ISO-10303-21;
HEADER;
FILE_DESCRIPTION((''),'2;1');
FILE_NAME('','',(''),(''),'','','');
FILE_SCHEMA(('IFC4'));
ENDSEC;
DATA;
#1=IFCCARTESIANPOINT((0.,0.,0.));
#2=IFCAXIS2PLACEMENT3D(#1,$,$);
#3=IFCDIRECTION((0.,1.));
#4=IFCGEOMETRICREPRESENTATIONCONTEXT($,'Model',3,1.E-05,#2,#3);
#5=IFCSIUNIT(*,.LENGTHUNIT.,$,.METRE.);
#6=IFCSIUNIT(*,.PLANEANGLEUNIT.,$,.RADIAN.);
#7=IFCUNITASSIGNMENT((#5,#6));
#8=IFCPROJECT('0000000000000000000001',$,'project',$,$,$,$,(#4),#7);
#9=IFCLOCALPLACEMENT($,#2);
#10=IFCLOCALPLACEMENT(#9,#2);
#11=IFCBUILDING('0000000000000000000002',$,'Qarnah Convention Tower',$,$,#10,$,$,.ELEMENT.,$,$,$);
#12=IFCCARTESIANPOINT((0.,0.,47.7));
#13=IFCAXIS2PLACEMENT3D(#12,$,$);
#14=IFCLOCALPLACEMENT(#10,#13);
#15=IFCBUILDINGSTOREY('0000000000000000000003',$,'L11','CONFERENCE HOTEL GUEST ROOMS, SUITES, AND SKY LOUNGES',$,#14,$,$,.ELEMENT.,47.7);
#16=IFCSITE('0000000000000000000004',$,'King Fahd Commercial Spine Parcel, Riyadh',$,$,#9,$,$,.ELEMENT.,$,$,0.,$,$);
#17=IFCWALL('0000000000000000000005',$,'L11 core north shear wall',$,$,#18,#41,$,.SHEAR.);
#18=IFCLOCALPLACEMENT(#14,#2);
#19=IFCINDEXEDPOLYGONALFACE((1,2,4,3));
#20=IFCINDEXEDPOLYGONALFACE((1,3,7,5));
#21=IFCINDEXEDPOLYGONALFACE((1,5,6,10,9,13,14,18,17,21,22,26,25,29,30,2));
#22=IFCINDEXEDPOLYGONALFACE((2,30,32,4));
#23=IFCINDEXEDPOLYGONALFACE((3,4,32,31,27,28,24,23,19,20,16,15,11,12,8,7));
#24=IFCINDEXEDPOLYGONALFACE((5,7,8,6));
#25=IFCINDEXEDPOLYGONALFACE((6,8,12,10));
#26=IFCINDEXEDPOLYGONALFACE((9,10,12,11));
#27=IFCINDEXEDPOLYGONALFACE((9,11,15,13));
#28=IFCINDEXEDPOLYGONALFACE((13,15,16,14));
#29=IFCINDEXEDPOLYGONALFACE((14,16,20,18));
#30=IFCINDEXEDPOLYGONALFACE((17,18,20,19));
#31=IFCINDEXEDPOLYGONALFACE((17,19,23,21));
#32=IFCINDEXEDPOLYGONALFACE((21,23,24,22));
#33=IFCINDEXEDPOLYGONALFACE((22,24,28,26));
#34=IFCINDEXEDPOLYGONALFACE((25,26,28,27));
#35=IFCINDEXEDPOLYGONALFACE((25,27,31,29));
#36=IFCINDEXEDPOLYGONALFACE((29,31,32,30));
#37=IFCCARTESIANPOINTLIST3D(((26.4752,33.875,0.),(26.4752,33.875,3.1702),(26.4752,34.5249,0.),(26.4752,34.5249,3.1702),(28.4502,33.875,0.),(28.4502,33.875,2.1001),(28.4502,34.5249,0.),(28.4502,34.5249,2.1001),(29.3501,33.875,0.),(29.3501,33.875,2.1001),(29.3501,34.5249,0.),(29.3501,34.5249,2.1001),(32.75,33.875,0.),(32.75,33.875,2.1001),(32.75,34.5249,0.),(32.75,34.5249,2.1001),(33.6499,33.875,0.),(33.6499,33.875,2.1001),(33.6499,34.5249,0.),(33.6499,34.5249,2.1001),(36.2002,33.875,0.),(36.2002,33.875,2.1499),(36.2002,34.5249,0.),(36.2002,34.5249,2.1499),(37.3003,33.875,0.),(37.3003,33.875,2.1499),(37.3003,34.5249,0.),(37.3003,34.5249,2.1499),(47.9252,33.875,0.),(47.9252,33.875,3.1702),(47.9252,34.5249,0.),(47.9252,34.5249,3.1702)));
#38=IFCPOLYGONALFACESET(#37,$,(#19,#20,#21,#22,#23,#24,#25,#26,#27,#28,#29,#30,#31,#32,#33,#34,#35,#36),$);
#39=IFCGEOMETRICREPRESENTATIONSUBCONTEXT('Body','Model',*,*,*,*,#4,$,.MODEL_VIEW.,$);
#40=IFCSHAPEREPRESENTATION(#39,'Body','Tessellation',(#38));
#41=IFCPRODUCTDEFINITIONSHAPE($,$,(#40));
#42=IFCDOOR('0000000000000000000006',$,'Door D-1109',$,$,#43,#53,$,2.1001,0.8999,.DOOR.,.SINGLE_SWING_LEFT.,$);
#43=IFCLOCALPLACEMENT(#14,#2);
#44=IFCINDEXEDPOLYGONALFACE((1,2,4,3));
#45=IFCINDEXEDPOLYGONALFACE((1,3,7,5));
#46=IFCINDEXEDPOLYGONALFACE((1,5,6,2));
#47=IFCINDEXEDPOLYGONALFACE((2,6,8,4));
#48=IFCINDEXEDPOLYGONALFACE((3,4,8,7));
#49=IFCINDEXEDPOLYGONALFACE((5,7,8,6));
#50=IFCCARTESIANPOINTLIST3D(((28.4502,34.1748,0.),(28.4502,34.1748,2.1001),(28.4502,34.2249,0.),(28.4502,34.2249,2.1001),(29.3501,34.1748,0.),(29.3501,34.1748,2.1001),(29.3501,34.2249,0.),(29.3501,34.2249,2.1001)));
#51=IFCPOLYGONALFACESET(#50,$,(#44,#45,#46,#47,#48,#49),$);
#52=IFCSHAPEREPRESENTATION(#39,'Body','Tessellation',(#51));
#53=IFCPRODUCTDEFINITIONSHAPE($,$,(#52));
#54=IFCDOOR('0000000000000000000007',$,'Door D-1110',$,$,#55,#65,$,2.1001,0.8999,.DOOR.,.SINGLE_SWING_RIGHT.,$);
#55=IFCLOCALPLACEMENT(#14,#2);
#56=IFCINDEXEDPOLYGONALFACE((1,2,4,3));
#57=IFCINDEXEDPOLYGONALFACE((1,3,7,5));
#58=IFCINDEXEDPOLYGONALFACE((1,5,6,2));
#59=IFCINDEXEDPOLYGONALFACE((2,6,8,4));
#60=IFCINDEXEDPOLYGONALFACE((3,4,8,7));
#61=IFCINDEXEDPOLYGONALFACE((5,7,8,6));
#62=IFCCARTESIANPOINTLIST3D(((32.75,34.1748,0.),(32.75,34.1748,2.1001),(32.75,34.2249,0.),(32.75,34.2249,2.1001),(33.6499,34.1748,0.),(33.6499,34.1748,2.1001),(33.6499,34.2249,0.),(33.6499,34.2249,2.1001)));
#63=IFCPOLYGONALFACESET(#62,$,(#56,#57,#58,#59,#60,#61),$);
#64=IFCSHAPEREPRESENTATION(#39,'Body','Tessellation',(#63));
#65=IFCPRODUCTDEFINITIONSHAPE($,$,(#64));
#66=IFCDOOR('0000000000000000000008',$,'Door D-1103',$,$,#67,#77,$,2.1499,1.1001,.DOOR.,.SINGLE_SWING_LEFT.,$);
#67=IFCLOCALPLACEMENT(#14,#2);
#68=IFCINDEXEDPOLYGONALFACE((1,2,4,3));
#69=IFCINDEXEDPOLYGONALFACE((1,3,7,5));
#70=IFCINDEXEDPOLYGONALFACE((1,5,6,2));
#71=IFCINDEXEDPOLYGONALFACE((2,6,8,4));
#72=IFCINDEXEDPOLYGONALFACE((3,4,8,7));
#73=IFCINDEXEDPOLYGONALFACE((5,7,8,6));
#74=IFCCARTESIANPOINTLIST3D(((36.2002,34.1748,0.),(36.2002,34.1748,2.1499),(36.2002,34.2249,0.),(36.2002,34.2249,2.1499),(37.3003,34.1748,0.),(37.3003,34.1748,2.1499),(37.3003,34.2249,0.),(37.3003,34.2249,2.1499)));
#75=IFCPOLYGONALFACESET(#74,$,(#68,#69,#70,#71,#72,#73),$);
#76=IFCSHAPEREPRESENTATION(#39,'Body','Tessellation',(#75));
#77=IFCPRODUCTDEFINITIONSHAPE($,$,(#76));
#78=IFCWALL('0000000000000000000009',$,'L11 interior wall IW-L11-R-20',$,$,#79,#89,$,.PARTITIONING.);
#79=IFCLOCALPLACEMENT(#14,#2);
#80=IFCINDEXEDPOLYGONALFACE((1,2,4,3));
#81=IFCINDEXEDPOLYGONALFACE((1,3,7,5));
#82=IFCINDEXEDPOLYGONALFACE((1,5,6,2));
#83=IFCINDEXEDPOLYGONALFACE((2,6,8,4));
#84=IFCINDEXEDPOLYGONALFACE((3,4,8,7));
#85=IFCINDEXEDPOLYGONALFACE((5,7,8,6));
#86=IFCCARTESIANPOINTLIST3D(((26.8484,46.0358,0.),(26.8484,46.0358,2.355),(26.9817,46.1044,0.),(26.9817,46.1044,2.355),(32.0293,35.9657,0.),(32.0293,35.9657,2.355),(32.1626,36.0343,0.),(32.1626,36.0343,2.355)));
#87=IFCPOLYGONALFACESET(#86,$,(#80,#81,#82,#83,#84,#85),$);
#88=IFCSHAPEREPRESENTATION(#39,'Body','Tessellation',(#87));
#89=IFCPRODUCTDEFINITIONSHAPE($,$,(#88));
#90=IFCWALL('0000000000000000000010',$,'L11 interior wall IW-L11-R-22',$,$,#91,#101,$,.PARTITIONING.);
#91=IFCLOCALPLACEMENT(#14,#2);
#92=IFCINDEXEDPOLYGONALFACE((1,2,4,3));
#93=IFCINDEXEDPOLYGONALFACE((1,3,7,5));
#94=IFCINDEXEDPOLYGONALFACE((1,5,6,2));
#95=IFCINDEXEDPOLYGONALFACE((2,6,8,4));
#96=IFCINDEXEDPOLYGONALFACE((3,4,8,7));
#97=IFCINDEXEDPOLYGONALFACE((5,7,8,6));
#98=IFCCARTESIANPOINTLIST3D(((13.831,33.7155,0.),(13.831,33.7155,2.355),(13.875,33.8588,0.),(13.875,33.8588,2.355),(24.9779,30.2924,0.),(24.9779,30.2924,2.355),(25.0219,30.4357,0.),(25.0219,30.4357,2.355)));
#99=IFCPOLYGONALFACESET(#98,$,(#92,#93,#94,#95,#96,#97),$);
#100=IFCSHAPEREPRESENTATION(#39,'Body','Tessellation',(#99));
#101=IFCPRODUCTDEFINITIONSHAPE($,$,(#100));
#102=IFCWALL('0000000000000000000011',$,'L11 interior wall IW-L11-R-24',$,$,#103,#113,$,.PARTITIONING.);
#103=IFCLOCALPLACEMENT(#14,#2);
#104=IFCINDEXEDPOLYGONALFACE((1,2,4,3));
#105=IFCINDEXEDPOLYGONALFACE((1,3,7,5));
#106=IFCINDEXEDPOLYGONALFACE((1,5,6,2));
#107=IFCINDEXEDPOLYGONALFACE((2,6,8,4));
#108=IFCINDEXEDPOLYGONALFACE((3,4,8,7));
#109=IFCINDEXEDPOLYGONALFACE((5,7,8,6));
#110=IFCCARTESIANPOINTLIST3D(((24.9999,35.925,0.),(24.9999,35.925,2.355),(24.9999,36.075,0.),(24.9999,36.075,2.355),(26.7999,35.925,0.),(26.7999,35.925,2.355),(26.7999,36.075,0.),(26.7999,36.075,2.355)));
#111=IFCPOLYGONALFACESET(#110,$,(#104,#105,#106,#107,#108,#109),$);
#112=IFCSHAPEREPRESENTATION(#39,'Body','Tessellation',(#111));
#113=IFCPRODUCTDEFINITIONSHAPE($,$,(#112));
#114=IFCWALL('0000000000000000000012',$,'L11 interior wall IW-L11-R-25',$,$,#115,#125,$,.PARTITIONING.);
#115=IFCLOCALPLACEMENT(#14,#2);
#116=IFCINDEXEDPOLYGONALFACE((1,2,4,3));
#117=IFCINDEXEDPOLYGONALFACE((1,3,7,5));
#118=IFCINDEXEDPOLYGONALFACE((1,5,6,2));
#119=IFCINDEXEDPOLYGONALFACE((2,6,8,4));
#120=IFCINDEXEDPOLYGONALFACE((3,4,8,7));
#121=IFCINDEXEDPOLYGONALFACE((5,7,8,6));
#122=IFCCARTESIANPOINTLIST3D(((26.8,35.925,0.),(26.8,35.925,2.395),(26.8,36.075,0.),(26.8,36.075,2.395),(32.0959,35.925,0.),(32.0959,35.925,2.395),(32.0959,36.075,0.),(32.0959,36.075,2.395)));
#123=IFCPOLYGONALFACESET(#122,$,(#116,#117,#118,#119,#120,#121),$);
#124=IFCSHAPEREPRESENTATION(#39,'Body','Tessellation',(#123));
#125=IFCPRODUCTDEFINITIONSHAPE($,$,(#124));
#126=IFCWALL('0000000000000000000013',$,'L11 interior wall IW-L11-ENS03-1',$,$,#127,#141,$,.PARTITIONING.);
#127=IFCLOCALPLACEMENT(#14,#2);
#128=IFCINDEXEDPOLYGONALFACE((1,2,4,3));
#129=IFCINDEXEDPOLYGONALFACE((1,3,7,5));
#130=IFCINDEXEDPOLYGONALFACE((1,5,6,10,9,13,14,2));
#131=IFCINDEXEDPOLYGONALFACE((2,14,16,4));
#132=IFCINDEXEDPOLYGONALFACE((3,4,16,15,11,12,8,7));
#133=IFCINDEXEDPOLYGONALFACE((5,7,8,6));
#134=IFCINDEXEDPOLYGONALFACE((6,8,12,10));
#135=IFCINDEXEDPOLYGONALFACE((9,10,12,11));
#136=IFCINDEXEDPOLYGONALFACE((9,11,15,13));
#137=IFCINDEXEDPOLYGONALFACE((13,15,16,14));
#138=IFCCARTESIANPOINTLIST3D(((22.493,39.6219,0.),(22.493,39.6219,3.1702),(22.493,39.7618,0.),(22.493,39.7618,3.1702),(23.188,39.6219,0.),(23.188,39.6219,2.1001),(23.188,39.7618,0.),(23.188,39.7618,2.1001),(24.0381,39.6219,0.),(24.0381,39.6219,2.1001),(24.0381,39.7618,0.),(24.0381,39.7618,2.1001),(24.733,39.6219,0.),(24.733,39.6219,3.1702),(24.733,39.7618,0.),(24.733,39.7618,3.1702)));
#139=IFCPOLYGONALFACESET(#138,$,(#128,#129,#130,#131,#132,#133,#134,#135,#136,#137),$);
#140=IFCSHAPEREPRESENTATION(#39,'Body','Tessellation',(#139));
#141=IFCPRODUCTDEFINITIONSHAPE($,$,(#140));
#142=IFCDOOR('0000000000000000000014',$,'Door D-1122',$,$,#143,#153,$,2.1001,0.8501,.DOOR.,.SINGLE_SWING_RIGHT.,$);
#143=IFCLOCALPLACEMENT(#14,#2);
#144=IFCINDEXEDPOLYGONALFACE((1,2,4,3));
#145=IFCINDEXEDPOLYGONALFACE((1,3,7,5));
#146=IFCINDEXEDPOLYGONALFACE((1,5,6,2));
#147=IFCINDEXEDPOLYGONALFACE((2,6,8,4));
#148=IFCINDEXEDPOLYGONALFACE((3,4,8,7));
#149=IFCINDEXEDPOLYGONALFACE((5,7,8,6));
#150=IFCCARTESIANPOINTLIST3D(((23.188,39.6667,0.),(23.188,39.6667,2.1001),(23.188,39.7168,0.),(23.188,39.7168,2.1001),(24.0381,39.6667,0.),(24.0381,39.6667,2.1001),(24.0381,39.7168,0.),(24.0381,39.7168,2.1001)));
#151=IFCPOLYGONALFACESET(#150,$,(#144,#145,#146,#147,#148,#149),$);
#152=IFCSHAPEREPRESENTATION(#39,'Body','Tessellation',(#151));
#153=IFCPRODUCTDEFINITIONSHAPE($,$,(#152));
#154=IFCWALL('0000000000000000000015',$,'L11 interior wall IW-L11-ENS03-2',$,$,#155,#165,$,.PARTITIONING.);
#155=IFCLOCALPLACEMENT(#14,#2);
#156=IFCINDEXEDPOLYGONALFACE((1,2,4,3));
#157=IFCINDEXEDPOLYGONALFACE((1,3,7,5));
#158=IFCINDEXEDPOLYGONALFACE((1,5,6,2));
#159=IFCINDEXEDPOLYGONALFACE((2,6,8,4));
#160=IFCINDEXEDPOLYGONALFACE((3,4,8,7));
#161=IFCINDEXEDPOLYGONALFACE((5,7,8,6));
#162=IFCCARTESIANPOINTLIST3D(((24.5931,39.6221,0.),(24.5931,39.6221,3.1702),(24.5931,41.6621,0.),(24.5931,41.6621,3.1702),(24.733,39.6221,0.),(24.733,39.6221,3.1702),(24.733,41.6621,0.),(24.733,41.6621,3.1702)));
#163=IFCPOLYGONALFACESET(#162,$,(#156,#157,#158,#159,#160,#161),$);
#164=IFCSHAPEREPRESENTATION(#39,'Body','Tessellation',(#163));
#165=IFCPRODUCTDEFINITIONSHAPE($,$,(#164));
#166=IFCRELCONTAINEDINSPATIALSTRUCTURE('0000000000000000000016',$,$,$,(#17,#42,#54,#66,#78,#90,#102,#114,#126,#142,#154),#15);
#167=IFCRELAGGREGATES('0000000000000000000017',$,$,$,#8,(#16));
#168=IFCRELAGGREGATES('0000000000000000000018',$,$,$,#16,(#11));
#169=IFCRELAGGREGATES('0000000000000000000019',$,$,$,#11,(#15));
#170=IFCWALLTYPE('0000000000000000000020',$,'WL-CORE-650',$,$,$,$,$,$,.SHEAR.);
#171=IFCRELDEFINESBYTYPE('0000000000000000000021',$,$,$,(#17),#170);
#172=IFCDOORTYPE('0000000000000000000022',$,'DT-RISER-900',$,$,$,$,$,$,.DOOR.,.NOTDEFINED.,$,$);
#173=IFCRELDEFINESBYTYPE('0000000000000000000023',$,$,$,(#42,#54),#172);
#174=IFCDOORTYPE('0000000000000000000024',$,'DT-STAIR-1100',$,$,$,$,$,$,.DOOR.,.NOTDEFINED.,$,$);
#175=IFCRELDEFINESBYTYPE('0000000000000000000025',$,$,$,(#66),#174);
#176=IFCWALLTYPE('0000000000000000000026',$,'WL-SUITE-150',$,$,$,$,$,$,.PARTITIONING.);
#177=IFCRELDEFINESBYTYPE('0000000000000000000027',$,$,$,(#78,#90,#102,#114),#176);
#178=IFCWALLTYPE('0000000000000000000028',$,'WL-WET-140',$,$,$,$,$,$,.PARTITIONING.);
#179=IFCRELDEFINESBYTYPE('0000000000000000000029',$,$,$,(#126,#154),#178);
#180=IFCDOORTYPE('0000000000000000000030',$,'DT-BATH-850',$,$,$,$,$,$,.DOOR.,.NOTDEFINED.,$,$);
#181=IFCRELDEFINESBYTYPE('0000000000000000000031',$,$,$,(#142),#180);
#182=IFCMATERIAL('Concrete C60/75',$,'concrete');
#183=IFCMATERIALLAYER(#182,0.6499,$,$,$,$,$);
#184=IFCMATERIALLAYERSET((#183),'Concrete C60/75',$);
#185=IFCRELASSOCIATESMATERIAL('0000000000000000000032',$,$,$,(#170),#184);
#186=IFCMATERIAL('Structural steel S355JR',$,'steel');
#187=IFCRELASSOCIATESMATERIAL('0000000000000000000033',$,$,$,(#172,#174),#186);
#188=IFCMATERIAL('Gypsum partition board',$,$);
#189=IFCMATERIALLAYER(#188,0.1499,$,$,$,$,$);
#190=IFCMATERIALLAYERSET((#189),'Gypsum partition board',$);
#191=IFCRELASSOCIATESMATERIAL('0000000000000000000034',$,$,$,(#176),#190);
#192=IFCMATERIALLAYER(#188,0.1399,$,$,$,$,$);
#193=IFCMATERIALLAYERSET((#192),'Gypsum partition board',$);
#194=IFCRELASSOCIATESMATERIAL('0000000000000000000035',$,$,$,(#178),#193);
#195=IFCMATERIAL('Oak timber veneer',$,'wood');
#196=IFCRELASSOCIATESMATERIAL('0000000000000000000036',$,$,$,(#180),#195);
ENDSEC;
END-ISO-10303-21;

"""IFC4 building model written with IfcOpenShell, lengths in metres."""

from ifc_helpers import new_model, si_unit, direction, frame, frame_2d, origin, place, context, subcontext, project, spatial, rectangle, extrude, material, layer, layer_set, type_object, element, fill, save


model = new_model("IFC4")

# Units and contexts
model_context = context("Model", 3, precision=1e-05, world=origin(), true_north=direction((0.0, 1.0)))
body_context = subcontext(model_context, "Body", "Model", "MODEL_VIEW")
ifc_project = project(units=[si_unit("LENGTHUNIT", "METRE"), si_unit("PLANEANGLEUNIT", "RADIAN")], contexts=[model_context])

# Site, building, storey
site_placement = place(None, origin())
site = spatial("IfcSite", under=ifc_project, at=site_placement, Name="King Fahd Commercial Spine Parcel, Riyadh", CompositionType="ELEMENT", RefElevation=0.0)
building_placement = place(site_placement, origin())
building = spatial("IfcBuilding", under=site, at=building_placement, Name="Qarnah Convention Tower", CompositionType="ELEMENT")
storey_placement = place(building_placement, frame((0.0, 0.0, 47.7)))
storey = spatial("IfcBuildingStorey", under=building, at=storey_placement, Name="L11", Description="CONFERENCE HOTEL GUEST ROOMS, SUITES, AND SKY LOUNGES", CompositionType="ELEMENT", Elevation=47.7)

# Shared definitions
ifc_material_1 = material(Name="Concrete C60/75", Category="concrete")

# Shared definitions
ifc_material_2 = material(Name="Structural steel S355JR", Category="steel")

# Wall, openings, doors
ifc_layer_1 = layer(ifc_material_1, 0.6499)
ifc_layer_set_1 = layer_set([ifc_layer_1], Name="Concrete C60/75")
wall_type_1 = type_object("IfcWallType", Name="WL-CORE-650", PredefinedType="SHEAR", material=ifc_layer_set_1)
wall_1_placement = place(storey_placement, frame((26.4751, 34.2, 0.0), z_axis=(0.0, 0.0, 1.0), x_axis=(1.0, 0.0, 0.0)))
wall_1 = element("IfcWall", 1, at=wall_1_placement, inside=storey, type_object=wall_type_1, Name="L11 core north shear wall", PredefinedType="SHEAR", context=body_context, shape_type="SweptSolid", body=[
    extrude(rectangle(XDim=21.45, YDim=0.6499, at=frame_2d((10.7251, 0.0))), origin(), (0.0, 0.0, 1.0), 3.1702),
])
opening_1_placement = place(wall_1_placement, frame((9.7251, 0.0, 0.0)))
opening_1 = element("IfcOpeningElement", 2, at=opening_1_placement, cuts=wall_1, PredefinedType="OPENING", context=body_context, shape_type="SweptSolid", body=[
    extrude(rectangle(XDim=1.1001, YDim=2.1499, at=frame_2d((0.55, 1.075))), frame((0.0, 0.335, 0.0), z_axis=(0.0, -1.0, 0.0), x_axis=(1.0, 0.0, 0.0)), (0.0, 0.0, 1.0), 0.6699),
])
opening_2_placement = place(wall_1_placement, frame((1.9751, 0.0, 0.0)))
opening_2 = element("IfcOpeningElement", 3, at=opening_2_placement, cuts=wall_1, PredefinedType="OPENING", context=body_context, shape_type="SweptSolid", body=[
    extrude(rectangle(XDim=0.8999, YDim=2.1001, at=frame_2d((0.45, 1.05))), frame((0.0, 0.335, 0.0), z_axis=(0.0, -1.0, 0.0), x_axis=(1.0, 0.0, 0.0)), (0.0, 0.0, 1.0), 0.6699),
])
opening_3_placement = place(wall_1_placement, frame((6.2749, 0.0, 0.0)))
opening_3 = element("IfcOpeningElement", 4, at=opening_3_placement, cuts=wall_1, PredefinedType="OPENING", context=body_context, shape_type="SweptSolid", body=[
    extrude(rectangle(XDim=0.8999, YDim=2.1001, at=frame_2d((0.45, 1.05))), frame((0.0, 0.335, 0.0), z_axis=(0.0, -1.0, 0.0), x_axis=(1.0, 0.0, 0.0)), (0.0, 0.0, 1.0), 0.6699),
])
door_type_1 = type_object("IfcDoorType", Name="DT-RISER-900", OperationType="NOTDEFINED", PredefinedType="DOOR", material=ifc_material_2)
door_1_placement = place(opening_2_placement, origin())
door_1 = element("IfcDoor", 5, at=door_1_placement, inside=storey, type_object=door_type_1, Name="Door D-1109", OperationType="SINGLE_SWING_LEFT", OverallHeight=2.1001, OverallWidth=0.8999, PredefinedType="DOOR", context=body_context, shape_type="SweptSolid", body=[
    extrude(rectangle(XDim=0.8999, YDim=2.1001, at=frame_2d((0.45, 1.05))), frame((0.0, 0.0249, 0.0), z_axis=(0.0, -1.0, 0.0), x_axis=(1.0, 0.0, 0.0)), (0.0, 0.0, 1.0), 0.05),
])
fill(opening_2, door_1)
door_2_placement = place(opening_3_placement, origin())
door_2 = element("IfcDoor", 6, at=door_2_placement, inside=storey, type_object=door_type_1, Name="Door D-1110", OperationType="SINGLE_SWING_RIGHT", OverallHeight=2.1001, OverallWidth=0.8999, PredefinedType="DOOR", context=body_context, shape_type="SweptSolid", body=[
    extrude(rectangle(XDim=0.8999, YDim=2.1001, at=frame_2d((0.45, 1.05))), frame((0.0, 0.0249, 0.0), z_axis=(0.0, -1.0, 0.0), x_axis=(1.0, 0.0, 0.0)), (0.0, 0.0, 1.0), 0.05),
])
fill(opening_3, door_2)
door_type_2 = type_object("IfcDoorType", Name="DT-STAIR-1100", OperationType="NOTDEFINED", PredefinedType="DOOR", material=ifc_material_2)
door_3_placement = place(opening_1_placement, origin())
door_3 = element("IfcDoor", 7, at=door_3_placement, inside=storey, type_object=door_type_2, Name="Door D-1103", OperationType="SINGLE_SWING_LEFT", OverallHeight=2.1499, OverallWidth=1.1001, PredefinedType="DOOR", context=body_context, shape_type="SweptSolid", body=[
    extrude(rectangle(XDim=1.1001, YDim=2.1499, at=frame_2d((0.55, 1.075))), frame((0.0, 0.0249, 0.0), z_axis=(0.0, -1.0, 0.0), x_axis=(1.0, 0.0, 0.0)), (0.0, 0.0, 1.0), 0.05),
])
fill(opening_1, door_3)

# Walls
ifc_material_3 = material(Name="Gypsum partition board")
ifc_layer_2 = layer(ifc_material_3, 0.1499)
ifc_layer_set_2 = layer_set([ifc_layer_2], Name="Gypsum partition board")
wall_type_2 = type_object("IfcWallType", Name="WL-SUITE-150", PredefinedType="PARTITIONING", material=ifc_layer_set_2)
wall_2_placement = place(storey_placement, frame((26.915, 46.0701, 0.0), z_axis=(0.0, 0.0, 1.0), x_axis=(0.457489, -0.889215, 0.0)))
element("IfcWall", 8, at=wall_2_placement, inside=storey, type_object=wall_type_2, Name="L11 interior wall IW-L11-R-20", PredefinedType="PARTITIONING", context=body_context, shape_type="SweptSolid", body=[
    extrude(rectangle(XDim=11.3247, YDim=0.1499, at=frame_2d((5.6624, 0.0))), origin(), (0.0, 0.0, 1.0), 2.355),
])
wall_3_placement = place(storey_placement, frame((13.853, 33.7871, 0.0), z_axis=(0.0, 0.0, 1.0), x_axis=(0.955941, -0.293558, 0.0)))
element("IfcWall", 9, at=wall_3_placement, inside=storey, type_object=wall_type_2, Name="L11 interior wall IW-L11-R-22", PredefinedType="PARTITIONING", context=body_context, shape_type="SweptSolid", body=[
    extrude(rectangle(XDim=11.6606, YDim=0.1499, at=frame_2d((5.8303, 0.0))), origin(), (0.0, 0.0, 1.0), 2.355),
])

# Shared definitions
ifc_material_4 = material(Name="Oak timber veneer", Category="wood")

# Walls
wall_4_placement = place(storey_placement, frame((25.0, 36.0, 0.0), z_axis=(0.0, 0.0, 1.0), x_axis=(1.0, 0.0, 0.0)))
element("IfcWall", 10, at=wall_4_placement, inside=storey, type_object=wall_type_2, Name="L11 interior wall IW-L11-R-24", PredefinedType="PARTITIONING", context=body_context, shape_type="SweptSolid", body=[
    extrude(rectangle(XDim=1.8, YDim=0.1499, at=frame_2d((0.8999, 0.0))), origin(), (0.0, 0.0, 1.0), 2.355),
])
wall_5_placement = place(storey_placement, frame((26.8, 36.0, 0.0), z_axis=(0.0, 0.0, 1.0), x_axis=(1.0, 0.0, 0.0)))
element("IfcWall", 11, at=wall_5_placement, inside=storey, type_object=wall_type_2, Name="L11 interior wall IW-L11-R-25", PredefinedType="PARTITIONING", context=body_context, shape_type="SweptSolid", body=[
    extrude(rectangle(XDim=5.2959, YDim=0.1499, at=frame_2d((2.6479, 0.0))), origin(), (0.0, 0.0, 1.0), 2.395),
])

# Wall, opening, door
ifc_layer_3 = layer(ifc_material_3, 0.1399)
ifc_layer_set_3 = layer_set([ifc_layer_3], Name="Gypsum partition board")
wall_type_3 = type_object("IfcWallType", Name="WL-WET-140", PredefinedType="PARTITIONING", material=ifc_layer_set_3)
wall_6_placement = place(storey_placement, frame((22.4929, 39.6919, 0.0), z_axis=(0.0, 0.0, 1.0), x_axis=(1.0, 0.0, 0.0)))
wall_6 = element("IfcWall", 12, at=wall_6_placement, inside=storey, type_object=wall_type_3, Name="L11 interior wall IW-L11-ENS03-1", PredefinedType="PARTITIONING", context=body_context, shape_type="SweptSolid", body=[
    extrude(rectangle(XDim=2.24, YDim=0.1399, at=frame_2d((1.1201, 0.0))), origin(), (0.0, 0.0, 1.0), 3.1702),
])
opening_4_placement = place(wall_6_placement, frame((0.6951, 0.0, 0.0)))
opening_4 = element("IfcOpeningElement", 13, at=opening_4_placement, cuts=wall_6, PredefinedType="OPENING", context=body_context, shape_type="SweptSolid", body=[
    extrude(rectangle(XDim=0.8501, YDim=2.1001, at=frame_2d((0.425, 1.05))), frame((0.0, 0.0798, 0.0), z_axis=(0.0, -1.0, 0.0), x_axis=(1.0, 0.0, 0.0)), (0.0, 0.0, 1.0), 0.1599),
])
door_type_3 = type_object("IfcDoorType", Name="DT-BATH-850", OperationType="NOTDEFINED", PredefinedType="DOOR", material=ifc_material_4)
door_4_placement = place(opening_4_placement, origin())
door_4 = element("IfcDoor", 14, at=door_4_placement, inside=storey, type_object=door_type_3, Name="Door D-1122", OperationType="SINGLE_SWING_RIGHT", OverallHeight=2.1001, OverallWidth=0.8501, PredefinedType="DOOR", context=body_context, shape_type="SweptSolid", body=[
    extrude(rectangle(XDim=0.8501, YDim=2.1001, at=frame_2d((0.425, 1.05))), frame((0.0, 0.0249, 0.0), z_axis=(0.0, -1.0, 0.0), x_axis=(1.0, 0.0, 0.0)), (0.0, 0.0, 1.0), 0.05),
])
fill(opening_4, door_4)

# Wall
wall_7_placement = place(storey_placement, frame((24.6631, 39.6221, 0.0), z_axis=(0.0, 0.0, 1.0), x_axis=(0.0, 1.0, 0.0)))
element("IfcWall", 15, at=wall_7_placement, inside=storey, type_object=wall_type_3, Name="L11 interior wall IW-L11-ENS03-2", PredefinedType="PARTITIONING", context=body_context, shape_type="SweptSolid", body=[
    extrude(rectangle(XDim=2.04, YDim=0.1399, at=frame_2d((1.02, 0.0))), origin(), (0.0, 0.0, 1.0), 3.1702),
])

save(model, "model.ifc")
